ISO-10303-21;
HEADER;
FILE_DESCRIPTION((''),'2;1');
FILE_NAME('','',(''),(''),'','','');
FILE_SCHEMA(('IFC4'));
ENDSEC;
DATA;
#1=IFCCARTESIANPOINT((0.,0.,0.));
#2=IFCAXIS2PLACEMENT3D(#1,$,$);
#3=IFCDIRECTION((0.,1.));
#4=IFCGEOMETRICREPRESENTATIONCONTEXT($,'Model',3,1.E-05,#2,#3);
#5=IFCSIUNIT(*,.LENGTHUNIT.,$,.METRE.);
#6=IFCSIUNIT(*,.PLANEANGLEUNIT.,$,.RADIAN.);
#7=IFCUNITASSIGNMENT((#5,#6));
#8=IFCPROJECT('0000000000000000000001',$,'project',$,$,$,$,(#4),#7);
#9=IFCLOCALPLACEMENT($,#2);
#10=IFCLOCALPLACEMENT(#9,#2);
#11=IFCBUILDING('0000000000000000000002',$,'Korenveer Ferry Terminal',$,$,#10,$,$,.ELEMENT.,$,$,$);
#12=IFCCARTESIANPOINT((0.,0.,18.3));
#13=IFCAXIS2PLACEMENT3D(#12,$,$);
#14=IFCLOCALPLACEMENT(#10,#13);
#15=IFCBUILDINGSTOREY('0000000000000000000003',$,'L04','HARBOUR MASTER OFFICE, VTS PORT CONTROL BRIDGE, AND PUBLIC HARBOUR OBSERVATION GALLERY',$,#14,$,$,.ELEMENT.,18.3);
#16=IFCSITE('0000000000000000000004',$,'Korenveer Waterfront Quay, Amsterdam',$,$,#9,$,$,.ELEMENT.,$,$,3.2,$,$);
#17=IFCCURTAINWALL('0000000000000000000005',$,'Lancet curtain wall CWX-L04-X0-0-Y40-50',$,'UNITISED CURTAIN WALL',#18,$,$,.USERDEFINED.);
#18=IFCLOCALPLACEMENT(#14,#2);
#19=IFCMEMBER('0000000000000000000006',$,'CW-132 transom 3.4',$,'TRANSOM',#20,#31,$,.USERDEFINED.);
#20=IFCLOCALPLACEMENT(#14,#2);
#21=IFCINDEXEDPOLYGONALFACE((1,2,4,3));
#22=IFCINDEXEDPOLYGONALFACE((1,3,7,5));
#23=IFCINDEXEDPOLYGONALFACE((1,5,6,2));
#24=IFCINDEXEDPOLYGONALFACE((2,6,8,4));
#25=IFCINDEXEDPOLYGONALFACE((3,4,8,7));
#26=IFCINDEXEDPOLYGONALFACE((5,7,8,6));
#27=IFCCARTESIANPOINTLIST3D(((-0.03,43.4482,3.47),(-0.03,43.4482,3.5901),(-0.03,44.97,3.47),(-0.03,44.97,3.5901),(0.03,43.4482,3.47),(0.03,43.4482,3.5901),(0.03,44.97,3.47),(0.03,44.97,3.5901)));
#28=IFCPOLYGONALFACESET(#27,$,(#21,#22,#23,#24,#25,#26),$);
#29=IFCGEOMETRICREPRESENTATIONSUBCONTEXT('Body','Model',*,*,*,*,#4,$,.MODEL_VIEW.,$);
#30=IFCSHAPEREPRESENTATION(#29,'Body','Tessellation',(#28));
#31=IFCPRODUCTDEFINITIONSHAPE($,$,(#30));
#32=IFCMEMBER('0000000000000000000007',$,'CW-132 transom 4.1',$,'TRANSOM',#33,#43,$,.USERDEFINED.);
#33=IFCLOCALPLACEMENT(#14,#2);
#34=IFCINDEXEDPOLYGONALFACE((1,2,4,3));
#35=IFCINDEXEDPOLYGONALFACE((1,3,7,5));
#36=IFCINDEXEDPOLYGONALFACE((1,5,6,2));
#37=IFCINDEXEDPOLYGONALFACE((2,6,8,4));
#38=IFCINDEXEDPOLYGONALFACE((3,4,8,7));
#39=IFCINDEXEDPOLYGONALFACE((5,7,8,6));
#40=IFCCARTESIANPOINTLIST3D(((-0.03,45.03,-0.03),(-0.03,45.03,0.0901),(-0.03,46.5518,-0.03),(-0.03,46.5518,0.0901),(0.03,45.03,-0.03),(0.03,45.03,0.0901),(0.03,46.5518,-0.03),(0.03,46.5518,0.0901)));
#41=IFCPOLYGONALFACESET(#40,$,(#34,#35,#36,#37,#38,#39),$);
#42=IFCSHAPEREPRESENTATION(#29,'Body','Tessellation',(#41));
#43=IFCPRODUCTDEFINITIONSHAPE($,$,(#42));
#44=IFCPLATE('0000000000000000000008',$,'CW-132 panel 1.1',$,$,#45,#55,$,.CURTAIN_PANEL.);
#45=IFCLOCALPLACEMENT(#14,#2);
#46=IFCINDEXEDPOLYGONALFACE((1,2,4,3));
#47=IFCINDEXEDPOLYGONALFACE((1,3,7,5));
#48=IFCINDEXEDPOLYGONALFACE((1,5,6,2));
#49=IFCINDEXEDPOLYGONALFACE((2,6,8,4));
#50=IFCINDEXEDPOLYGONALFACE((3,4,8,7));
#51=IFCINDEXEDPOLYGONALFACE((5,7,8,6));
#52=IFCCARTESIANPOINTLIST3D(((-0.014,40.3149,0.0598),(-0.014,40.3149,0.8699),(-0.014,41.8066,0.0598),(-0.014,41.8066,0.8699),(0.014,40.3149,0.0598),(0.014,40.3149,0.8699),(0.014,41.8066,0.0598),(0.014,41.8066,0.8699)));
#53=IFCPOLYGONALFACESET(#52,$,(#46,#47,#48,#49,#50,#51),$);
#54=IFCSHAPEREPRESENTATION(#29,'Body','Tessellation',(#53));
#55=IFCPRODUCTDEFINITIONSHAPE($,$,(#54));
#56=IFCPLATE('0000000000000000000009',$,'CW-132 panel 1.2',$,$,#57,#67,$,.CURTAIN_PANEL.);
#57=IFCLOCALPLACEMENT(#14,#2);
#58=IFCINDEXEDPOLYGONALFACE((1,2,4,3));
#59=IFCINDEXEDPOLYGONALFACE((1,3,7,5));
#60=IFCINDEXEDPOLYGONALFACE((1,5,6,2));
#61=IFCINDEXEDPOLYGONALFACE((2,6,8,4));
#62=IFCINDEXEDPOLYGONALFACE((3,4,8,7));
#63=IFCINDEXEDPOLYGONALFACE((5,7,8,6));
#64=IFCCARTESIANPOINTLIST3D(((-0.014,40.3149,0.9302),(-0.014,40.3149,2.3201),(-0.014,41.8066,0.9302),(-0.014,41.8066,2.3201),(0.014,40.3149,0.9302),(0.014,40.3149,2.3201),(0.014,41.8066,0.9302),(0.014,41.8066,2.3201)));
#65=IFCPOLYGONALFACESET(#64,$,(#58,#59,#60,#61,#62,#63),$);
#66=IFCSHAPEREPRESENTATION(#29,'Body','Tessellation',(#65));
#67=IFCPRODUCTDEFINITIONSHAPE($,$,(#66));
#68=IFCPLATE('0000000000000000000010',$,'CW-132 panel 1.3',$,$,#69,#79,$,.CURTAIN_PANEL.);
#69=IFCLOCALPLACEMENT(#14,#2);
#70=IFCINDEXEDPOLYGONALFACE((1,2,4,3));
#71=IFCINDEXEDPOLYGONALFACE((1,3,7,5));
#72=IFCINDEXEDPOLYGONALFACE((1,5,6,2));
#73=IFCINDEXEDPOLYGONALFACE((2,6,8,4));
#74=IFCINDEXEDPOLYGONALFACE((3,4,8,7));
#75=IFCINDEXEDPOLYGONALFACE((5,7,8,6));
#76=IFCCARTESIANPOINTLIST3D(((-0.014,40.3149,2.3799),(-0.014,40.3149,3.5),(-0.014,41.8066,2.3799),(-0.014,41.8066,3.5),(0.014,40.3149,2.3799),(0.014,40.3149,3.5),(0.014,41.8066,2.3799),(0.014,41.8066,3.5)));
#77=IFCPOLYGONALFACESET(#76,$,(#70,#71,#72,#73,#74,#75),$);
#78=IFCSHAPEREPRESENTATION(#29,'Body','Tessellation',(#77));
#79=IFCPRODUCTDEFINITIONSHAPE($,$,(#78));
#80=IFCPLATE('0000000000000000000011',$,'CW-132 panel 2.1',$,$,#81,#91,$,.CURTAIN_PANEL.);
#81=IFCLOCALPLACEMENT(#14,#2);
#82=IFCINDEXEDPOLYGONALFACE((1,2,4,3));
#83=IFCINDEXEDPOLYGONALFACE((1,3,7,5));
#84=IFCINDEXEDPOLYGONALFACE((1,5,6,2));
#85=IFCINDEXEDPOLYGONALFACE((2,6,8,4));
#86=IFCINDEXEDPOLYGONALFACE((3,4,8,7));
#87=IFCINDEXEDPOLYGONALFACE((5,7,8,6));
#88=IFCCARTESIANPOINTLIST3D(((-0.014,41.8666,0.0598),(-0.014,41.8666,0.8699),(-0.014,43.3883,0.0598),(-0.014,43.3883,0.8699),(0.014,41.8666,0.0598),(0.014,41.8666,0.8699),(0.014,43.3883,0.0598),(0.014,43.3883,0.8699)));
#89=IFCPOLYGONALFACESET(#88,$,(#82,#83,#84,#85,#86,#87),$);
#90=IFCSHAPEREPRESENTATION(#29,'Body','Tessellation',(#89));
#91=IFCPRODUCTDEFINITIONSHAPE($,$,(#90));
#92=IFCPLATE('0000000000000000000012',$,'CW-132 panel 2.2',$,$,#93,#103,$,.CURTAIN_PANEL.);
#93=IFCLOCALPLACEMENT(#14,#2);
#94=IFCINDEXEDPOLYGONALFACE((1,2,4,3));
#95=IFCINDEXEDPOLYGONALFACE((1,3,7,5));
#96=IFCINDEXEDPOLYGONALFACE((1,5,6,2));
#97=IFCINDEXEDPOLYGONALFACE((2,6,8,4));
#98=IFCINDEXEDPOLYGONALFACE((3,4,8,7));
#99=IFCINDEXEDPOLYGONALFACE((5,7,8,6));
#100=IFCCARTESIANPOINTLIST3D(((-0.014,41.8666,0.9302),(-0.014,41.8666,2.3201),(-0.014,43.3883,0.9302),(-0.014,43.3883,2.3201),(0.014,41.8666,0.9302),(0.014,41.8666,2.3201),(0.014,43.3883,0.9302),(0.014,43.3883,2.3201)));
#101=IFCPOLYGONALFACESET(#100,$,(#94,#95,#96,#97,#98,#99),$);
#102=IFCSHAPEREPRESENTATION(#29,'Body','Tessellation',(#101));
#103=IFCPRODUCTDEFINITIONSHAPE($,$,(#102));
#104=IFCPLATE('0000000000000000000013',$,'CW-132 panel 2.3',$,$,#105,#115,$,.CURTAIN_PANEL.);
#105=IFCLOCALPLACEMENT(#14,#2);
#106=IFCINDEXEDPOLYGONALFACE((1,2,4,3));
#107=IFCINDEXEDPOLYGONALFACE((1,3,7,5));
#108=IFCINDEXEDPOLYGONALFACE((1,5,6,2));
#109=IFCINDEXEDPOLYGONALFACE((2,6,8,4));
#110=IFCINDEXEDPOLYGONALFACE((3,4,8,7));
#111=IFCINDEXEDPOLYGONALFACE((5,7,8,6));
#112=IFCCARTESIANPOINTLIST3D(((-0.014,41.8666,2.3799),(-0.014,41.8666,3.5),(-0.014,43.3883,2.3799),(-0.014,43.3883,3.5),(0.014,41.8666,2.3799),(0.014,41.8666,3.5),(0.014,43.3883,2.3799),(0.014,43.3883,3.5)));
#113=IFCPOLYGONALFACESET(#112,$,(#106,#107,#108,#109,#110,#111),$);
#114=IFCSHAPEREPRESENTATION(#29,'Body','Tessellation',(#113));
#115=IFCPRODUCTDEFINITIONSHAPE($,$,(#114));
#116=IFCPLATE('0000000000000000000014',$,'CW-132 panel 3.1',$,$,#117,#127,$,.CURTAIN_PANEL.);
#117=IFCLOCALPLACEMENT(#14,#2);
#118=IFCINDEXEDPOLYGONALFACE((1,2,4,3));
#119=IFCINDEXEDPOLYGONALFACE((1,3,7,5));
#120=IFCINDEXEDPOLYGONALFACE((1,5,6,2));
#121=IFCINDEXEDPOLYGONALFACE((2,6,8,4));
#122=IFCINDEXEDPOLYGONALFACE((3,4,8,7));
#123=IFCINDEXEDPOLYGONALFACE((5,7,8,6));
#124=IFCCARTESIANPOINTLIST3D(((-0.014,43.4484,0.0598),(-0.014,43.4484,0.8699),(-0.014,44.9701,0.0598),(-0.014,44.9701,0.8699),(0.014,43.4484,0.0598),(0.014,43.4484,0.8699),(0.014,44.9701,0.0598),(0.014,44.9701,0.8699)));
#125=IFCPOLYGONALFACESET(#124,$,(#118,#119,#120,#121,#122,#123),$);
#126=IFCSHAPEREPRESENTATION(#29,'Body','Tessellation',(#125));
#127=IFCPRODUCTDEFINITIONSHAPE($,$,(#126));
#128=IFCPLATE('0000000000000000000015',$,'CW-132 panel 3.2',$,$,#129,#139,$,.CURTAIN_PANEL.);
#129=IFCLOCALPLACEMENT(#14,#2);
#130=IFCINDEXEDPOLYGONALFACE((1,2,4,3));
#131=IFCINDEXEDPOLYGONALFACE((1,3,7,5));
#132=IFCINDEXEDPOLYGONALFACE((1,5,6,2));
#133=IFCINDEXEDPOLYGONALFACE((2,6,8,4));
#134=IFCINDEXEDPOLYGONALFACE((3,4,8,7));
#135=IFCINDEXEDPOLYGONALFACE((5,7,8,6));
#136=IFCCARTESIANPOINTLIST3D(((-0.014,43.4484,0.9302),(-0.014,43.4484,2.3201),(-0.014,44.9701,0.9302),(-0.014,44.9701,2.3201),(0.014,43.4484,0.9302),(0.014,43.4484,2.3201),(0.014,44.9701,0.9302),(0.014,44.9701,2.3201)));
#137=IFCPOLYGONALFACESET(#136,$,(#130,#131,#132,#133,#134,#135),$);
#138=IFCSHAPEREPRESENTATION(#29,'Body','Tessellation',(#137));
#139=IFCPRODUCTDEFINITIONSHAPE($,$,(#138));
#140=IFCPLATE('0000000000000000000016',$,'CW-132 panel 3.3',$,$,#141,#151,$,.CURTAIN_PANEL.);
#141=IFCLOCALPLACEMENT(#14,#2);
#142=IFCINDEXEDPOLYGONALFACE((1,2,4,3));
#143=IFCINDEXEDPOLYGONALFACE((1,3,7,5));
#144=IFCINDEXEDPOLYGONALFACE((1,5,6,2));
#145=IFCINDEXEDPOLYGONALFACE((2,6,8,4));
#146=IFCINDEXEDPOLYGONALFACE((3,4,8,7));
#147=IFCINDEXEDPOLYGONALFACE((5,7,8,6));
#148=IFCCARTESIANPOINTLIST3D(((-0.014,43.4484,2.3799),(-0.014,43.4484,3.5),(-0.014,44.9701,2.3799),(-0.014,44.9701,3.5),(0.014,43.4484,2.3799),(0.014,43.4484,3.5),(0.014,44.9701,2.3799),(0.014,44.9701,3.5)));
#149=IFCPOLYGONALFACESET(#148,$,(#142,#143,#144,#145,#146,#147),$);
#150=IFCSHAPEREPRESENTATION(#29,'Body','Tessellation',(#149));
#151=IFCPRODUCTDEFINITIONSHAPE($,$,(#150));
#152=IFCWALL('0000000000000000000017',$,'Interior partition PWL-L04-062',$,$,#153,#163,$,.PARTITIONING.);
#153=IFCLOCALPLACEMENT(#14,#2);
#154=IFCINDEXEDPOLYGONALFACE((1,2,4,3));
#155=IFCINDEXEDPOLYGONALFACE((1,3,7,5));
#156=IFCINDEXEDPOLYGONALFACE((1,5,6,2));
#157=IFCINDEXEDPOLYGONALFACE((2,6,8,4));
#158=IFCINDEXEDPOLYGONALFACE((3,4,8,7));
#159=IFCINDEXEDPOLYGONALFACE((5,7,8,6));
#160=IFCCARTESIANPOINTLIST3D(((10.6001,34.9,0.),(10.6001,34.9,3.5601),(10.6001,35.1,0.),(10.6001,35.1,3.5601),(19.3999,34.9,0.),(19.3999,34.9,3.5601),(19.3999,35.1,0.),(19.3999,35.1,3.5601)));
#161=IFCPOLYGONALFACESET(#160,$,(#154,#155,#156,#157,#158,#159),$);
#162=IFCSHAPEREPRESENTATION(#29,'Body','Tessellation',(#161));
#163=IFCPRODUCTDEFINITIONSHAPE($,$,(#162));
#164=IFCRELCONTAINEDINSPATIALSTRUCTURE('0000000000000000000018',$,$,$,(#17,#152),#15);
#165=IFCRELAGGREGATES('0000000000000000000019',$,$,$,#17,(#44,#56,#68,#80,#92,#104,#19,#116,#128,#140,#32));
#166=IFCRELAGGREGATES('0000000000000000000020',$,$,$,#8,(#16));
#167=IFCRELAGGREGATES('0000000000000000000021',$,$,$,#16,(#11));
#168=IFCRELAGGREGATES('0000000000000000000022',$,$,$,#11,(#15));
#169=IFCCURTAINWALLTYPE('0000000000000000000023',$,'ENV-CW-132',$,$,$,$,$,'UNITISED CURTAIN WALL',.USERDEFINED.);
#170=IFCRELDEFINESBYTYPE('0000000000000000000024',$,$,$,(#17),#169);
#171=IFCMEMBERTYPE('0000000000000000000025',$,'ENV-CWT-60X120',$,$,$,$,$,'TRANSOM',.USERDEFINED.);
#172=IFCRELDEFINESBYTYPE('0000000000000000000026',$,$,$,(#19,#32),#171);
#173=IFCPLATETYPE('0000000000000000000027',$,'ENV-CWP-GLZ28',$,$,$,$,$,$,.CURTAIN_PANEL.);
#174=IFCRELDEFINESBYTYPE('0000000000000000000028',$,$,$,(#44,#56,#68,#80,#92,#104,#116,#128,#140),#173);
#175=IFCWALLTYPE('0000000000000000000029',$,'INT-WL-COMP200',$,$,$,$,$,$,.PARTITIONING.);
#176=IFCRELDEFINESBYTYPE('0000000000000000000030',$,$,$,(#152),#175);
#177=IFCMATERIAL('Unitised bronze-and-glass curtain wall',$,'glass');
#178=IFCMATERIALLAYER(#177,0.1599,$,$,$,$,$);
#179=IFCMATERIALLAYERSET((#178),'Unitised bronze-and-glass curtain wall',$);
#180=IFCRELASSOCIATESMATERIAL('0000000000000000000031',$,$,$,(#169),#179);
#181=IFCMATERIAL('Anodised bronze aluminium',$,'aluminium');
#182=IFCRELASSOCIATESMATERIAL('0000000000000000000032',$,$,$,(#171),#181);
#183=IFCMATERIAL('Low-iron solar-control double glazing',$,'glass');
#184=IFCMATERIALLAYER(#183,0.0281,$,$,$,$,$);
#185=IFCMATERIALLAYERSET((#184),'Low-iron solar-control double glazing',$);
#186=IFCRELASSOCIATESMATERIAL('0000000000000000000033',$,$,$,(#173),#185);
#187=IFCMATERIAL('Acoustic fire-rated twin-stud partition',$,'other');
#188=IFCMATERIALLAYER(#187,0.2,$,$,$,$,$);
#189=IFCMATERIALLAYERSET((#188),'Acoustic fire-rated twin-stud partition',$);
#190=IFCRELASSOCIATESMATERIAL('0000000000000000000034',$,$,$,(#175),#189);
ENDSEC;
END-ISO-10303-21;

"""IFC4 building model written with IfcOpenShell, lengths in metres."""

from ifc_helpers import new_model, si_unit, direction, frame, frame_2d, origin, origin_2d, place, context, subcontext, project, spatial, rectangle, extrude, material, layer, layer_set, material_profile, profile_set, type_object, element, aggregate, save


model = new_model("IFC4")

# Units and contexts
model_context = context("Model", 3, precision=1e-05, world=origin(), true_north=direction((0.0, 1.0)))
body_context = subcontext(model_context, "Body", "Model", "MODEL_VIEW")
ifc_project = project(units=[si_unit("LENGTHUNIT", "METRE"), si_unit("PLANEANGLEUNIT", "RADIAN")], contexts=[model_context])

# Site, building, storey
site_placement = place(None, origin())
site = spatial("IfcSite", under=ifc_project, at=site_placement, Name="Korenveer Waterfront Quay, Amsterdam", CompositionType="ELEMENT", RefElevation=3.2)
building_placement = place(site_placement, origin())
building = spatial("IfcBuilding", under=site, at=building_placement, Name="Korenveer Ferry Terminal", CompositionType="ELEMENT")
storey_placement = place(building_placement, frame((0.0, 0.0, 18.3)))
storey = spatial("IfcBuildingStorey", under=building, at=storey_placement, Name="L04", Description="HARBOUR MASTER OFFICE, VTS PORT CONTROL BRIDGE, AND PUBLIC HARBOUR OBSERVATION GALLERY", CompositionType="ELEMENT", Elevation=18.3)

# Curtain wall, members, plates
ifc_material_1 = material(Name="Unitised bronze-and-glass curtain wall", Category="glass")
ifc_layer_1 = layer(ifc_material_1, 0.1599)
ifc_layer_set_1 = layer_set([ifc_layer_1], Name="Unitised bronze-and-glass curtain wall")
curtain_wall_type = type_object("IfcCurtainWallType", Name="ENV-CW-132", ElementType="UNITISED CURTAIN WALL", PredefinedType="USERDEFINED", material=ifc_layer_set_1)
curtain_wall_placement = place(storey_placement, frame((0.0, 40.2549, 0.0)))
curtain_wall = element("IfcCurtainWall", 1, at=curtain_wall_placement, inside=storey, type_object=curtain_wall_type, Name="Lancet curtain wall CWX-L04-X0-0-Y40-50", ObjectType="UNITISED CURTAIN WALL", PredefinedType="USERDEFINED")
ifc_material_2 = material(Name="Anodised bronze aluminium", Category="aluminium")
ifc_material_profile_1 = material_profile(ifc_material_2, rectangle(XDim=0.0601, YDim=0.1201, at=origin_2d()), Name="ALU 60x120")
ifc_profile_set_1 = profile_set([ifc_material_profile_1], Name="Anodised bronze aluminium")
member_type_1 = type_object("IfcMemberType", Name="ENV-CWT-60X120", ElementType="TRANSOM", PredefinedType="USERDEFINED", material=ifc_profile_set_1)
member_1_placement = place(storey_placement, frame((0.0, 43.4482, 3.53), z_axis=(0.0, 1.0, 0.0), x_axis=(-1.0, 0.0, 0.0)))
member_1 = element("IfcMember", 2, at=member_1_placement, type_object=member_type_1, Name="CW-132 transom 3.4", ObjectType="TRANSOM", PredefinedType="USERDEFINED", context=body_context, shape_type="SweptSolid", body=[
    extrude(rectangle(XDim=0.0601, YDim=0.1201, at=origin_2d()), origin(), (0.0, 0.0, 1.0), 1.5217),
])
member_2_placement = place(storey_placement, frame((0.0, 45.03, 0.03), z_axis=(0.0, 1.0, 0.0), x_axis=(-1.0, 0.0, 0.0)))
member_2 = element("IfcMember", 3, at=member_2_placement, type_object=member_type_1, Name="CW-132 transom 4.1", ObjectType="TRANSOM", PredefinedType="USERDEFINED", context=body_context, shape_type="SweptSolid", body=[
    extrude(rectangle(XDim=0.0601, YDim=0.1201, at=origin_2d()), origin(), (0.0, 0.0, 1.0), 1.5217),
])
ifc_material_3 = material(Name="Low-iron solar-control double glazing", Category="glass")
ifc_layer_2 = layer(ifc_material_3, 0.0281)
ifc_layer_set_2 = layer_set([ifc_layer_2], Name="Low-iron solar-control double glazing")
plate_type = type_object("IfcPlateType", Name="ENV-CWP-GLZ28", PredefinedType="CURTAIN_PANEL", material=ifc_layer_set_2)
plate_1_placement = place(storey_placement, frame((0.0, 41.0608, 0.0598), z_axis=(0.0, 0.0, 1.0), x_axis=(0.0, 1.0, 0.0)))
plate_1 = element("IfcPlate", 4, at=plate_1_placement, type_object=plate_type, Name="CW-132 panel 1.1", PredefinedType="CURTAIN_PANEL", context=body_context, shape_type="SweptSolid", body=[
    extrude(rectangle(XDim=1.4917, YDim=0.0281, at=origin_2d()), origin(), (0.0, 0.0, 1.0), 0.8101),
])
plate_2_placement = place(storey_placement, frame((0.0, 41.0608, 0.9302), z_axis=(0.0, 0.0, 1.0), x_axis=(0.0, 1.0, 0.0)))
plate_2 = element("IfcPlate", 5, at=plate_2_placement, type_object=plate_type, Name="CW-132 panel 1.2", PredefinedType="CURTAIN_PANEL", context=body_context, shape_type="SweptSolid", body=[
    extrude(rectangle(XDim=1.4917, YDim=0.0281, at=origin_2d()), origin(), (0.0, 0.0, 1.0), 1.3899),
])
plate_3_placement = place(storey_placement, frame((0.0, 41.0608, 2.3799), z_axis=(0.0, 0.0, 1.0), x_axis=(0.0, 1.0, 0.0)))
plate_3 = element("IfcPlate", 6, at=plate_3_placement, type_object=plate_type, Name="CW-132 panel 1.3", PredefinedType="CURTAIN_PANEL", context=body_context, shape_type="SweptSolid", body=[
    extrude(rectangle(XDim=1.4917, YDim=0.0281, at=origin_2d()), origin(), (0.0, 0.0, 1.0), 1.1201),
])
plate_4_placement = place(storey_placement, frame((0.0, 42.6274, 0.0598), z_axis=(0.0, 0.0, 1.0), x_axis=(0.0, 1.0, 0.0)))
plate_4 = element("IfcPlate", 7, at=plate_4_placement, type_object=plate_type, Name="CW-132 panel 2.1", PredefinedType="CURTAIN_PANEL", context=body_context, shape_type="SweptSolid", body=[
    extrude(rectangle(XDim=1.5217, YDim=0.0281, at=origin_2d()), origin(), (0.0, 0.0, 1.0), 0.8101),
])
plate_5_placement = place(storey_placement, frame((0.0, 42.6274, 0.9302), z_axis=(0.0, 0.0, 1.0), x_axis=(0.0, 1.0, 0.0)))
plate_5 = element("IfcPlate", 8, at=plate_5_placement, type_object=plate_type, Name="CW-132 panel 2.2", PredefinedType="CURTAIN_PANEL", context=body_context, shape_type="SweptSolid", body=[
    extrude(rectangle(XDim=1.5217, YDim=0.0281, at=origin_2d()), origin(), (0.0, 0.0, 1.0), 1.3899),
])
plate_6_placement = place(storey_placement, frame((0.0, 42.6274, 2.3799), z_axis=(0.0, 0.0, 1.0), x_axis=(0.0, 1.0, 0.0)))
plate_6 = element("IfcPlate", 9, at=plate_6_placement, type_object=plate_type, Name="CW-132 panel 2.3", PredefinedType="CURTAIN_PANEL", context=body_context, shape_type="SweptSolid", body=[
    extrude(rectangle(XDim=1.5217, YDim=0.0281, at=origin_2d()), origin(), (0.0, 0.0, 1.0), 1.1201),
])
plate_7_placement = place(storey_placement, frame((0.0, 44.2092, 0.0598), z_axis=(0.0, 0.0, 1.0), x_axis=(0.0, 1.0, 0.0)))
plate_7 = element("IfcPlate", 10, at=plate_7_placement, type_object=plate_type, Name="CW-132 panel 3.1", PredefinedType="CURTAIN_PANEL", context=body_context, shape_type="SweptSolid", body=[
    extrude(rectangle(XDim=1.5217, YDim=0.0281, at=origin_2d()), origin(), (0.0, 0.0, 1.0), 0.8101),
])
plate_8_placement = place(storey_placement, frame((0.0, 44.2092, 0.9302), z_axis=(0.0, 0.0, 1.0), x_axis=(0.0, 1.0, 0.0)))
plate_8 = element("IfcPlate", 11, at=plate_8_placement, type_object=plate_type, Name="CW-132 panel 3.2", PredefinedType="CURTAIN_PANEL", context=body_context, shape_type="SweptSolid", body=[
    extrude(rectangle(XDim=1.5217, YDim=0.0281, at=origin_2d()), origin(), (0.0, 0.0, 1.0), 1.3899),
])
plate_9_placement = place(storey_placement, frame((0.0, 44.2092, 2.3799), z_axis=(0.0, 0.0, 1.0), x_axis=(0.0, 1.0, 0.0)))
plate_9 = element("IfcPlate", 12, at=plate_9_placement, type_object=plate_type, Name="CW-132 panel 3.3", PredefinedType="CURTAIN_PANEL", context=body_context, shape_type="SweptSolid", body=[
    extrude(rectangle(XDim=1.5217, YDim=0.0281, at=origin_2d()), origin(), (0.0, 0.0, 1.0), 1.1201),
])
aggregate(curtain_wall, [plate_1, plate_2, plate_3, plate_4, plate_5, plate_6, member_1, plate_7, plate_8, plate_9, member_2])

# Wall
ifc_material_4 = material(Name="Acoustic fire-rated twin-stud partition", Category="other")
ifc_layer_3 = layer(ifc_material_4, 0.2)
ifc_layer_set_3 = layer_set([ifc_layer_3], Name="Acoustic fire-rated twin-stud partition")
wall_type_1 = type_object("IfcWallType", Name="INT-WL-COMP200", PredefinedType="PARTITIONING", material=ifc_layer_set_3)
wall_1_placement = place(storey_placement, frame((10.6001, 35.0, 0.0), z_axis=(0.0, 0.0, 1.0), x_axis=(1.0, 0.0, 0.0)))
element("IfcWall", 13, at=wall_1_placement, inside=storey, type_object=wall_type_1, Name="Interior partition PWL-L04-062", PredefinedType="PARTITIONING", context=body_context, shape_type="SweptSolid", body=[
    extrude(rectangle(XDim=8.7998, YDim=0.2, at=frame_2d((4.3999, 0.0))), origin(), (0.0, 0.0, 1.0), 3.5601),
])

save(model, "model.ifc")
